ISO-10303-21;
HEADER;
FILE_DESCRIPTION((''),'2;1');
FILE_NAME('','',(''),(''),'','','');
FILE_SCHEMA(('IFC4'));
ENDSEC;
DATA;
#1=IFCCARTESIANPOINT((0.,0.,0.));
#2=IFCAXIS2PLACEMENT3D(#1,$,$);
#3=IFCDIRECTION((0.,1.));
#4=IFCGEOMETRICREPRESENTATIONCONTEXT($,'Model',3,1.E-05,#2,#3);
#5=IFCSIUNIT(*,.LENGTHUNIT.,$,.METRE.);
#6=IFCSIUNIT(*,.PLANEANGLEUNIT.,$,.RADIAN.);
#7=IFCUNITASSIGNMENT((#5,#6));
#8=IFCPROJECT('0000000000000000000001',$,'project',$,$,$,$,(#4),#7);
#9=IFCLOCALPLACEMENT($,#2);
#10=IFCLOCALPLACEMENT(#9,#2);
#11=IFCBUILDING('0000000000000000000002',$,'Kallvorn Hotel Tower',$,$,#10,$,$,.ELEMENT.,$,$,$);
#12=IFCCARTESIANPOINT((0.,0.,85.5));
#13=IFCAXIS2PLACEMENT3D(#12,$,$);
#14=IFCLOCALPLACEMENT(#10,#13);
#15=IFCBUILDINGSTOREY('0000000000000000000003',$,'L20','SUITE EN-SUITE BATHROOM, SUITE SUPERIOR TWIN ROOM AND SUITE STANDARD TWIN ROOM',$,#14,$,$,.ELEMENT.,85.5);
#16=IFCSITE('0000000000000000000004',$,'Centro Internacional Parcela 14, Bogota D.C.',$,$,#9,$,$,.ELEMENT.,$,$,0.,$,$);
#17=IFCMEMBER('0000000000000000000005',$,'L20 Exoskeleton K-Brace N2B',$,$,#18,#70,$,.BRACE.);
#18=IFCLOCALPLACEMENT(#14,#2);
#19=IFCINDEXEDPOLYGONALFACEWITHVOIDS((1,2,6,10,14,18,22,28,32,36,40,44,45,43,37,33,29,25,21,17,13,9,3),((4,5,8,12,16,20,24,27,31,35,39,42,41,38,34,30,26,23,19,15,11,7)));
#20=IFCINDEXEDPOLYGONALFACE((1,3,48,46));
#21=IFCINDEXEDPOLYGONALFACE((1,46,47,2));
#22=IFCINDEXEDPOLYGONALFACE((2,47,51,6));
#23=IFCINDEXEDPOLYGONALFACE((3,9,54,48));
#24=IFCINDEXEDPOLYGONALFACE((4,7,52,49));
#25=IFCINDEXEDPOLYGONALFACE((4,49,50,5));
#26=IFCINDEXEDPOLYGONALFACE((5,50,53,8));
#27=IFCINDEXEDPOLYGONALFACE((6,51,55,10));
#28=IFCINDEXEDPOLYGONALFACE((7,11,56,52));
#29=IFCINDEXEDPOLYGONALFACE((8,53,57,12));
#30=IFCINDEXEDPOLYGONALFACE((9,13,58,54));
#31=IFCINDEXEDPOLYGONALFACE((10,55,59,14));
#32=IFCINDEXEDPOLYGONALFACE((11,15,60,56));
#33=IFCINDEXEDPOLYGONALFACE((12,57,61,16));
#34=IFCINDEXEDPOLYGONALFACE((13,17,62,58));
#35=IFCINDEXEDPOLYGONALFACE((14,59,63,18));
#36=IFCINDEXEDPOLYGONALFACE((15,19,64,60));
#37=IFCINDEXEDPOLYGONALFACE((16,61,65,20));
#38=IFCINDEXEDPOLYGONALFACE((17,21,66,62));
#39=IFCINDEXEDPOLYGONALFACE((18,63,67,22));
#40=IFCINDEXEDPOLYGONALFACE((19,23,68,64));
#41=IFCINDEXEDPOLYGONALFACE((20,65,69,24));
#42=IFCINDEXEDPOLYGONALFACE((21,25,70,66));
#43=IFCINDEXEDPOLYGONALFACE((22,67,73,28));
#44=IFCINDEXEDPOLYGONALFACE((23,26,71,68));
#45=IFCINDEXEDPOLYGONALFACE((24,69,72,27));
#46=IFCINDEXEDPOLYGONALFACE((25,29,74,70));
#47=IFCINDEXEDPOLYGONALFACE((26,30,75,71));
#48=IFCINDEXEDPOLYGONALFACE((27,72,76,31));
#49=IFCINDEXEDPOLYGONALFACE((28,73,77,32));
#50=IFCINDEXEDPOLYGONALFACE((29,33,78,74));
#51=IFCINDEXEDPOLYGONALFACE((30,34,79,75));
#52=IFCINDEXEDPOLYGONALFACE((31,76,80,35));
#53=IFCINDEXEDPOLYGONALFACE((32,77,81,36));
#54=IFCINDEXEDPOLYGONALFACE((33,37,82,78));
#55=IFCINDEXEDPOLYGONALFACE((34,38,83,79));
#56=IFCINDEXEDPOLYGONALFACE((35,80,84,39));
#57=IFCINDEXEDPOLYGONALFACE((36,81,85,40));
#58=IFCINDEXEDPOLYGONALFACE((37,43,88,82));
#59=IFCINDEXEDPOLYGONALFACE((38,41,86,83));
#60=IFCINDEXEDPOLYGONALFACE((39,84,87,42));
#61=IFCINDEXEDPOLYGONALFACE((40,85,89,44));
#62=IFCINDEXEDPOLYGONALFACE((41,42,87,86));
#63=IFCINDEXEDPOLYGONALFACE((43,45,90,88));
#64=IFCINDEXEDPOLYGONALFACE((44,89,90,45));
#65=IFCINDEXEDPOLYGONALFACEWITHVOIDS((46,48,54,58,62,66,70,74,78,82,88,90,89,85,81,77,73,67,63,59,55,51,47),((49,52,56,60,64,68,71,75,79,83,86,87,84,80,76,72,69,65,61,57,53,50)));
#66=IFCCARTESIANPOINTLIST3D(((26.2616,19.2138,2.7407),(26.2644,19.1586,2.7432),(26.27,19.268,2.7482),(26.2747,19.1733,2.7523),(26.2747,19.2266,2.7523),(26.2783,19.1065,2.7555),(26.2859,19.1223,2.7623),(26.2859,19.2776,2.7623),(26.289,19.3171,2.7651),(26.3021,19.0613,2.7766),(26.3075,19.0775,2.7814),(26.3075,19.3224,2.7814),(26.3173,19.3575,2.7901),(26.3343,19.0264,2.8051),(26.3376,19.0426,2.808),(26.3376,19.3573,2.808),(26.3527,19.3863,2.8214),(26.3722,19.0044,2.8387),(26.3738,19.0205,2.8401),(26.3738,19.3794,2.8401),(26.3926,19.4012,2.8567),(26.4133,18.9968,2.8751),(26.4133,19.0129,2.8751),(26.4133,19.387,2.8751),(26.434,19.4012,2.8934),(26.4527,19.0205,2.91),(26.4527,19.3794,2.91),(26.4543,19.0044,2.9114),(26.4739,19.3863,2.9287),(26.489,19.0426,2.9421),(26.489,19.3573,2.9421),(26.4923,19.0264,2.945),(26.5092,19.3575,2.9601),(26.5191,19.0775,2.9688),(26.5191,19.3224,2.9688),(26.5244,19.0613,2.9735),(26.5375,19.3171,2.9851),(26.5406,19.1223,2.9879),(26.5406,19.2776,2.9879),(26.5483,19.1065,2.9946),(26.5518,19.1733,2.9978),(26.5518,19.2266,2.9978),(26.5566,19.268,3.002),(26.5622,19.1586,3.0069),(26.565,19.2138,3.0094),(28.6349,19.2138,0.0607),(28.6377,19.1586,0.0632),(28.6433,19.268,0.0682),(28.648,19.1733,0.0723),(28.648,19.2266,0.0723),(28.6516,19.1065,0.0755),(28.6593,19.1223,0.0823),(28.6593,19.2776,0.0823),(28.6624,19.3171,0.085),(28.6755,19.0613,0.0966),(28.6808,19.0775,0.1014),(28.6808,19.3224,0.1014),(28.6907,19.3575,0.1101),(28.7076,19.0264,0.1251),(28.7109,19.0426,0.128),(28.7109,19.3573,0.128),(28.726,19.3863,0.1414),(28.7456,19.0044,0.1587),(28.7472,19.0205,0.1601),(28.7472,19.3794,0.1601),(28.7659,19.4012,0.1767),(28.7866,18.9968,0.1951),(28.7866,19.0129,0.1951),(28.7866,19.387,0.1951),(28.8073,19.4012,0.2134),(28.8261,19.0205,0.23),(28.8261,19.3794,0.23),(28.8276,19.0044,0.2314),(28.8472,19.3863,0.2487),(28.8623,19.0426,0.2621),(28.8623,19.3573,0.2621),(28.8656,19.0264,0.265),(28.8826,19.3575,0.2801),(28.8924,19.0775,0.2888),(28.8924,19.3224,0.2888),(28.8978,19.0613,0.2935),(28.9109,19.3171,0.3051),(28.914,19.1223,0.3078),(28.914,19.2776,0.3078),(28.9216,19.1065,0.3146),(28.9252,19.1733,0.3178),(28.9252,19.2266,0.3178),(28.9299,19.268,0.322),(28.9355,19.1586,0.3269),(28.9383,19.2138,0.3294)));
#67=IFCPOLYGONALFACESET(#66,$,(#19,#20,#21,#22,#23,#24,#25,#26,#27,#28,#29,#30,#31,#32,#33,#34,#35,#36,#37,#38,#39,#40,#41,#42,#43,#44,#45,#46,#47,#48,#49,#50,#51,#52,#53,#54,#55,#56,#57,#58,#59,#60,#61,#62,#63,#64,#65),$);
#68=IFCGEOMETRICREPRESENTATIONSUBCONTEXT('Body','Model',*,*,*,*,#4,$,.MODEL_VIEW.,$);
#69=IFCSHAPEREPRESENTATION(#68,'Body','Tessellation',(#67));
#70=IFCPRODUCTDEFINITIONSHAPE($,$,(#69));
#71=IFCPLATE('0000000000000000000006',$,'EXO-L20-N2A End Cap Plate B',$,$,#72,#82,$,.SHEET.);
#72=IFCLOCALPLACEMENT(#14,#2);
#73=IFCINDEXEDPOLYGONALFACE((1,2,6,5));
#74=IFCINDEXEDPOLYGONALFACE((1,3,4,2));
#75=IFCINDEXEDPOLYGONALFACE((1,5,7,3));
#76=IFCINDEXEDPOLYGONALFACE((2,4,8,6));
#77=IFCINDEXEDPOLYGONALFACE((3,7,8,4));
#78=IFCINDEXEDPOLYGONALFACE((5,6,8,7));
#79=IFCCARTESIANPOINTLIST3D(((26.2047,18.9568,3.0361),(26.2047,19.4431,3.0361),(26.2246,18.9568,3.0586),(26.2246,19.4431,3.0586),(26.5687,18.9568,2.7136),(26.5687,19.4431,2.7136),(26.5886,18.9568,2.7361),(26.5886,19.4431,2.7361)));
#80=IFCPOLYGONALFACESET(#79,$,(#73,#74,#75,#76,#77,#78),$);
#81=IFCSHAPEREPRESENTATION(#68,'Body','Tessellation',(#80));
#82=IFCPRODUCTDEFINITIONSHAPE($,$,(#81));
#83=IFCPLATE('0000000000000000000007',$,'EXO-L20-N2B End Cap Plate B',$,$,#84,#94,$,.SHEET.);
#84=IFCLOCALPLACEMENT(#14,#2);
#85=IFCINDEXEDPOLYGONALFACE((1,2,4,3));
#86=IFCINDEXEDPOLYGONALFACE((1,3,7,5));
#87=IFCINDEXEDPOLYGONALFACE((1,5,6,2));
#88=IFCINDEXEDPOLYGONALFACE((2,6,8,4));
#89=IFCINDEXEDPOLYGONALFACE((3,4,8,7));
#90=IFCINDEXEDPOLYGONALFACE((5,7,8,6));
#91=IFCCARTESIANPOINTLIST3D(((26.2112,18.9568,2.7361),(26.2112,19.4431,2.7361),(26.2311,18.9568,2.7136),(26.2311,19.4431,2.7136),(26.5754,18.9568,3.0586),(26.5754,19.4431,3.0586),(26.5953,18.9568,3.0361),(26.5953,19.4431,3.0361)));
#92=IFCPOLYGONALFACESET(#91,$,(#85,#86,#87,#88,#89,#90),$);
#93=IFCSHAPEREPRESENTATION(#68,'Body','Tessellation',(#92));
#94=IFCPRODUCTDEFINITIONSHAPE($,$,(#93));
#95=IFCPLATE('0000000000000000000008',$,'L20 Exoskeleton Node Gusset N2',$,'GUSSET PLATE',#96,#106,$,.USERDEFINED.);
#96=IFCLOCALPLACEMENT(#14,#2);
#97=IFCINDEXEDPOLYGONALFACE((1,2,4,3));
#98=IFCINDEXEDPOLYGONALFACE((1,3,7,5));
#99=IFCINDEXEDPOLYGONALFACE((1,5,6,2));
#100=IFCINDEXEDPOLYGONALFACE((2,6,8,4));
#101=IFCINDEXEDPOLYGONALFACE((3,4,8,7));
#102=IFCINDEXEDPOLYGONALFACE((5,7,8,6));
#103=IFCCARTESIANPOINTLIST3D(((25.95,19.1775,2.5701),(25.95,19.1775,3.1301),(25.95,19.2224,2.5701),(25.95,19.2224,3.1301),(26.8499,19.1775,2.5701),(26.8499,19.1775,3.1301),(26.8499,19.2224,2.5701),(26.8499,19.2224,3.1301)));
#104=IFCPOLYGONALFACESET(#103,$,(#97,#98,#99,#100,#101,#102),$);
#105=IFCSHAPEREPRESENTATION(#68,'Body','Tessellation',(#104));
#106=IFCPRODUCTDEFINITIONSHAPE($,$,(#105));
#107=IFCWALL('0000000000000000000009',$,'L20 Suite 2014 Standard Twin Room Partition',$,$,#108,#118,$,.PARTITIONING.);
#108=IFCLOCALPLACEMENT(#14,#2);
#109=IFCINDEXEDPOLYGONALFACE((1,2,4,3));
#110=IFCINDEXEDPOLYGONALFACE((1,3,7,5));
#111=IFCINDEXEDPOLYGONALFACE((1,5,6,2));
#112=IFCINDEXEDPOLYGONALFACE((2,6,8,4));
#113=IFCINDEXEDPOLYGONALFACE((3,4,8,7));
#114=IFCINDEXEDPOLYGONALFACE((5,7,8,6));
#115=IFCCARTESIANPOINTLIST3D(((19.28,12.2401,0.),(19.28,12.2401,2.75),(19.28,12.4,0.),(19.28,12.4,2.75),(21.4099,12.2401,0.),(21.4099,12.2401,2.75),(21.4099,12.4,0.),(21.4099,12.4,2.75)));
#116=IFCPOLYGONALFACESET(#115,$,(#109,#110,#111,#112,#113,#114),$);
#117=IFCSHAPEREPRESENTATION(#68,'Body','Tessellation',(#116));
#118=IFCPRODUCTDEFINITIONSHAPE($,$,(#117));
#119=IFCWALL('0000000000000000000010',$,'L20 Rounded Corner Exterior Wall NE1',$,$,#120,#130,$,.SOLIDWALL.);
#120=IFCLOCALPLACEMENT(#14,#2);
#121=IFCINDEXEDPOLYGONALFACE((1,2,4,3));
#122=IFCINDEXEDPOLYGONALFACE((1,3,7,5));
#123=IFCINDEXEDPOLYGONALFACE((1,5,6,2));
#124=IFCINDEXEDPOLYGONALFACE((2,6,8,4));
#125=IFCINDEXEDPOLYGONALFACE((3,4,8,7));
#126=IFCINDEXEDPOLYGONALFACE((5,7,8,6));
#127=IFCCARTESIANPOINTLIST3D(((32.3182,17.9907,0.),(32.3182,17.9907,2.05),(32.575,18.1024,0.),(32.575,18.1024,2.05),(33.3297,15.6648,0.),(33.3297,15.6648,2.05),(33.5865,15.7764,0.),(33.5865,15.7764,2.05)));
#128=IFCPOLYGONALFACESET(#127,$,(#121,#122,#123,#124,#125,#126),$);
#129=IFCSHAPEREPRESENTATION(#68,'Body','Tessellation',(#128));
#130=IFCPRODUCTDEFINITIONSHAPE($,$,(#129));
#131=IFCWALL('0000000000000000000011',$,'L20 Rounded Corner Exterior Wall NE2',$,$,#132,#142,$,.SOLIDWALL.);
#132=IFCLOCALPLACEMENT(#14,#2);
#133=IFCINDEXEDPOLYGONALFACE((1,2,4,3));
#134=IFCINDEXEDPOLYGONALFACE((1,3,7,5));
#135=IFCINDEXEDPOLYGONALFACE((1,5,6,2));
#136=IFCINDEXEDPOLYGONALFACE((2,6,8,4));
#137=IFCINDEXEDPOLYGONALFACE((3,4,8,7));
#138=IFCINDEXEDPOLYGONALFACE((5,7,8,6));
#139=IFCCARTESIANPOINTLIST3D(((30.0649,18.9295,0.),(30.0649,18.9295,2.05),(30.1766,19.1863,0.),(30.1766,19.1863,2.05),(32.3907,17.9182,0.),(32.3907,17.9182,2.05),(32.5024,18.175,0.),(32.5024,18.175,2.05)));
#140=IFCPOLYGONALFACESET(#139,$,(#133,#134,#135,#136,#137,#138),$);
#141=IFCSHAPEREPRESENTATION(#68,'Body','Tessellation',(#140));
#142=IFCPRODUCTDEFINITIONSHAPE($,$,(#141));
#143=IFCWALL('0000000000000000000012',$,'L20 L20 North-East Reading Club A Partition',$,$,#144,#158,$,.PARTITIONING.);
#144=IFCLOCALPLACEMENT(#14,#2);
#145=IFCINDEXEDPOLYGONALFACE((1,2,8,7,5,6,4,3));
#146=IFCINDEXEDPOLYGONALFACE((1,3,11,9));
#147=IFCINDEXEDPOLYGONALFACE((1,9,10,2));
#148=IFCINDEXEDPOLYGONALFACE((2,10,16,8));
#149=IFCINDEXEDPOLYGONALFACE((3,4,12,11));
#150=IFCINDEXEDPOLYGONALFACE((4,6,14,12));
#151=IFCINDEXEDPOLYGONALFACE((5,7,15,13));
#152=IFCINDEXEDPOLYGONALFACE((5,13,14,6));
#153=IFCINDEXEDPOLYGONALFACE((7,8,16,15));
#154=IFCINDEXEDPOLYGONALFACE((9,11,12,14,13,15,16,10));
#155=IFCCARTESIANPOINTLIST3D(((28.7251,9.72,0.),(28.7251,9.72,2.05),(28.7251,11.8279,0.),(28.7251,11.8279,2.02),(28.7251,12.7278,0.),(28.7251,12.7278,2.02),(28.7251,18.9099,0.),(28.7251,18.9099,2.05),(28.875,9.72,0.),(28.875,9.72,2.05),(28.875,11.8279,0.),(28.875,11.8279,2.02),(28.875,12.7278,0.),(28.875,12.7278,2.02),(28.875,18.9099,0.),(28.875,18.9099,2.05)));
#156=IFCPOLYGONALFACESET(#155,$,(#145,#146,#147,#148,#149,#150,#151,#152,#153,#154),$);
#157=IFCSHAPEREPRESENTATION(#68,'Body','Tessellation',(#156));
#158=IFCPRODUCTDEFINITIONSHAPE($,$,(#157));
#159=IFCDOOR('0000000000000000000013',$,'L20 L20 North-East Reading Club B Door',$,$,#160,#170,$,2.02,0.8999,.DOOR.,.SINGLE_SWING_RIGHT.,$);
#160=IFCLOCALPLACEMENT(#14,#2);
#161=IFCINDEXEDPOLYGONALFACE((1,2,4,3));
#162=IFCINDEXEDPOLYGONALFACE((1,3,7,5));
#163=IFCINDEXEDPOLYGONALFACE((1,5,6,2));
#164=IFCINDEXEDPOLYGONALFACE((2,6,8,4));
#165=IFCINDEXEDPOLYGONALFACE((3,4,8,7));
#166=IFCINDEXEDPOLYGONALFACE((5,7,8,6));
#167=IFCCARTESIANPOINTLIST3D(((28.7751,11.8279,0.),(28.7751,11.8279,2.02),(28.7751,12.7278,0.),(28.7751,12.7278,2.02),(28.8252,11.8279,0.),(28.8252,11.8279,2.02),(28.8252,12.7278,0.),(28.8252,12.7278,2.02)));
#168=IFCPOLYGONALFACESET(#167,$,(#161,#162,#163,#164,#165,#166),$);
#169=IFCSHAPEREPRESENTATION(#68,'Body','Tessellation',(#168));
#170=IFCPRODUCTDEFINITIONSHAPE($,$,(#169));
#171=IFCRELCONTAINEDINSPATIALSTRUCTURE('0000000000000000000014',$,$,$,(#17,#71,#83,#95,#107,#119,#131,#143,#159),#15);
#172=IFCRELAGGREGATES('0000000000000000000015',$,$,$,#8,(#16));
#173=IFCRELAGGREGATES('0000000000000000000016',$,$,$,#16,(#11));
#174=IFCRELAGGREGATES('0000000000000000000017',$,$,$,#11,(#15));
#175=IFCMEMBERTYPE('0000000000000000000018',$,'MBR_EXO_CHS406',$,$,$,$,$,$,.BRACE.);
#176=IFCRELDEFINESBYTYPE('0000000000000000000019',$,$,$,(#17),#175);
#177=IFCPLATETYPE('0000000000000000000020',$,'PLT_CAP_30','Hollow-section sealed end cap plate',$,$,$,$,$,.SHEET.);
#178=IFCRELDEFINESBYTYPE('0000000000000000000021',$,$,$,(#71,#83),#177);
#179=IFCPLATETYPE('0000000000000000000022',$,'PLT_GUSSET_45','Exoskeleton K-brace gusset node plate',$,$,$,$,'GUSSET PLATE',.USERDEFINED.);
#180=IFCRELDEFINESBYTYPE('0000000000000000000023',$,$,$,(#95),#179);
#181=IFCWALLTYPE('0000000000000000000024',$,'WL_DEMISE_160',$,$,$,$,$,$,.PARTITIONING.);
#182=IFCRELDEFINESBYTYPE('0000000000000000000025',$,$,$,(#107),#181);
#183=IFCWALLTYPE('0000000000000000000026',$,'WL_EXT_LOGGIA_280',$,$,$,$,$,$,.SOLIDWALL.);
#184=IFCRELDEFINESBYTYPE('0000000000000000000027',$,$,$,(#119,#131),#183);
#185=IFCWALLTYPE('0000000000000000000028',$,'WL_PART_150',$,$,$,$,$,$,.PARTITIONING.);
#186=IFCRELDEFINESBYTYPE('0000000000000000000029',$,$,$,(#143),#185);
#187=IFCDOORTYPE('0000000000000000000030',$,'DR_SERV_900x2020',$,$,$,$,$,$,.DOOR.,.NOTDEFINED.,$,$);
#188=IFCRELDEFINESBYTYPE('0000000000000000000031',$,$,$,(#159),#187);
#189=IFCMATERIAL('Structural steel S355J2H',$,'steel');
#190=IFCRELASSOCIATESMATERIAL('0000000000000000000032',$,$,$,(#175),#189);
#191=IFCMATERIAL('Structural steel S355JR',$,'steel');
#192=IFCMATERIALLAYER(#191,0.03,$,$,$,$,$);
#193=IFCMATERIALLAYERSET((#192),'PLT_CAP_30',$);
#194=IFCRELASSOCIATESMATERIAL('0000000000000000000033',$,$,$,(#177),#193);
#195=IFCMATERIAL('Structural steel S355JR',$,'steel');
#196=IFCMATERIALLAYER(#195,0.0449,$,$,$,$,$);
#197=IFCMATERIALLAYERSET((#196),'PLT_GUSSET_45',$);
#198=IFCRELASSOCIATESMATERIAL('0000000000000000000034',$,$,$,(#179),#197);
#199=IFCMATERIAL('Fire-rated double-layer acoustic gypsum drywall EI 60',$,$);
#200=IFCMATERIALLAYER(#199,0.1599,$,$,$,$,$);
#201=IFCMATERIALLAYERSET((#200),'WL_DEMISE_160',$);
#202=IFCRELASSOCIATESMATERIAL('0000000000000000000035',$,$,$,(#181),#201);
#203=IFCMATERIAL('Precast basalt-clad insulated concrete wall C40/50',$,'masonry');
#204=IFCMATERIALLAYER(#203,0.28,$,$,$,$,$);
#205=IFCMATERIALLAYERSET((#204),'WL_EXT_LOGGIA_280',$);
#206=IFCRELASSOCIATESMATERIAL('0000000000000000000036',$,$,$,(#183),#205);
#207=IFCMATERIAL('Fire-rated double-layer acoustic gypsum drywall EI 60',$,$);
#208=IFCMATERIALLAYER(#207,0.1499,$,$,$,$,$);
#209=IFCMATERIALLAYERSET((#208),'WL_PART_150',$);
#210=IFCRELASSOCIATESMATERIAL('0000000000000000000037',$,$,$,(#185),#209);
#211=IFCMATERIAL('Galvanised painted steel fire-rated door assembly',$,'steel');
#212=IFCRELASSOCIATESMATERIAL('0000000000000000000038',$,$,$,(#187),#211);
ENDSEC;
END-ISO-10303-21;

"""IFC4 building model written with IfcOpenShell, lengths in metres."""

from ifc_helpers import new_model, si_unit, direction, frame, frame_2d, origin, origin_2d, place, context, subcontext, project, spatial, polyline, rectangle, hollow_circle, outline, extrude, material, layer, layer_set, material_profile, profile_set, type_object, element, fill, save


model = new_model("IFC4")

# Units and contexts
model_context = context("Model", 3, precision=1e-05, world=origin(), true_north=direction((0.0, 1.0)))
body_context = subcontext(model_context, "Body", "Model", "MODEL_VIEW")
ifc_project = project(units=[si_unit("LENGTHUNIT", "METRE"), si_unit("PLANEANGLEUNIT", "RADIAN")], contexts=[model_context])

# Site, building, storey
site_placement = place(None, origin())
site = spatial("IfcSite", under=ifc_project, at=site_placement, Name="Centro Internacional Parcela 14, Bogota D.C.", CompositionType="ELEMENT", RefElevation=0.0)
building_placement = place(site_placement, origin())
building = spatial("IfcBuilding", under=site, at=building_placement, Name="Kallvorn Hotel Tower", CompositionType="ELEMENT")
storey_placement = place(building_placement, frame((0.0, 0.0, 85.5)))
storey = spatial("IfcBuildingStorey", under=building, at=storey_placement, Name="L20", Description="SUITE EN-SUITE BATHROOM, SUITE SUPERIOR TWIN ROOM AND SUITE STANDARD TWIN ROOM", CompositionType="ELEMENT", Elevation=85.5)

# Member
ifc_material_1 = material(Name="Structural steel S355J2H", Category="steel")
ifc_material_profile_1 = material_profile(ifc_material_1, hollow_circle(Radius=0.2031, WallThickness=0.0161, at=origin_2d()), Name="CHS 406.4x16")
ifc_profile_set_1 = profile_set([ifc_material_profile_1], Name="Structural steel S355J2H")
member_type_1 = type_object("IfcMemberType", Name="MBR_EXO_CHS406", PredefinedType="BRACE", material=ifc_profile_set_1)
for number, where, z_axis, x_axis, name in (
    (1, (28.7866, 19.2, 0.1951), (-0.662978, 0.0, 0.748638), (0.0, -1.0, 0.0), "L20 Exoskeleton K-Brace N2B"),
):
    element("IfcMember", number, at=place(storey_placement, frame(where, z_axis=z_axis, x_axis=x_axis)), inside=storey, type_object=member_type_1, Name=name, PredefinedType="BRACE", context=body_context, shape_type="SweptSolid", body=[
        extrude(hollow_circle(Radius=0.2031, WallThickness=0.0161, at=origin_2d()), origin(), (0.0, 0.0, 1.0), 3.5798),
    ])

# Plates
ifc_material_2 = material(Name="Structural steel S355JR", Category="steel")
ifc_layer_1 = layer(ifc_material_2, 0.03)
ifc_layer_set_1 = layer_set([ifc_layer_1], Name="PLT_CAP_30")
plate_type_1 = type_object("IfcPlateType", Name="PLT_CAP_30", Description="Hollow-section sealed end cap plate", PredefinedType="SHEET", material=ifc_layer_set_1)
plate_1_placement = place(storey_placement, frame((26.5886, 18.9568, 2.7361), z_axis=(0.663148, 0.0, 0.748489), x_axis=(0.0, 1.0, 0.0)))
element("IfcPlate", 2, at=plate_1_placement, inside=storey, type_object=plate_type_1, Name="EXO-L20-N2A End Cap Plate B", PredefinedType="SHEET", context=body_context, shape_type="SweptSolid", body=[
    extrude(outline(polyline([(0.0, 0.0), (0.4863, 0.0), (0.4863, 0.4863), (0.0, 0.4863), (0.0, 0.0)])), origin(), (0.0, 0.0, -1.0), 0.03),
])
plate_2_placement = place(storey_placement, frame((26.2112, 19.4431, 2.7361), z_axis=(-0.662899, 0.0, 0.748709), x_axis=(0.0, -1.0, 0.0)))
element("IfcPlate", 3, at=plate_2_placement, inside=storey, type_object=plate_type_1, Name="EXO-L20-N2B End Cap Plate B", PredefinedType="SHEET", context=body_context, shape_type="SweptSolid", body=[
    extrude(outline(polyline([(0.0, 0.0), (0.4863, 0.0), (0.4863, 0.4865), (0.0, 0.4865), (0.0, 0.0)])), origin(), (0.0, 0.0, -1.0), 0.03),
])
ifc_material_3 = material(Name="Structural steel S355JR", Category="steel")
ifc_layer_2 = layer(ifc_material_3, 0.0449)
ifc_layer_set_2 = layer_set([ifc_layer_2], Name="PLT_GUSSET_45")
plate_type_2 = type_object("IfcPlateType", Name="PLT_GUSSET_45", Description="Exoskeleton K-brace gusset node plate", ElementType="GUSSET PLATE", PredefinedType="USERDEFINED", material=ifc_layer_set_2)
plate_3_placement = place(storey_placement, frame((26.3999, 19.2, 2.5701), z_axis=(0.0, 0.0, 1.0), x_axis=(1.0, 0.0, 0.0)))
element("IfcPlate", 4, at=plate_3_placement, inside=storey, type_object=plate_type_2, Name="L20 Exoskeleton Node Gusset N2", ObjectType="GUSSET PLATE", PredefinedType="USERDEFINED", context=body_context, shape_type="SweptSolid", body=[
    extrude(rectangle(XDim=0.8999, YDim=0.0449, at=origin_2d()), origin(), (0.0, 0.0, 1.0), 0.5601),
])

# Walls
ifc_material_4 = material(Name="Fire-rated double-layer acoustic gypsum drywall EI 60")
ifc_layer_3 = layer(ifc_material_4, 0.1599)
ifc_layer_set_3 = layer_set([ifc_layer_3], Name="WL_DEMISE_160")
wall_type_1 = type_object("IfcWallType", Name="WL_DEMISE_160", PredefinedType="PARTITIONING", material=ifc_layer_set_3)
wall_1_placement = place(storey_placement, frame((19.28, 12.3201, 0.0), z_axis=(0.0, 0.0, 1.0), x_axis=(1.0, 0.0, 0.0)))
element("IfcWall", 5, at=wall_1_placement, inside=storey, type_object=wall_type_1, Name="L20 Suite 2014 Standard Twin Room Partition", PredefinedType="PARTITIONING", context=body_context, shape_type="SweptSolid", body=[
    extrude(rectangle(XDim=2.1299, YDim=0.1599, at=frame_2d((1.0649, 0.0))), origin(), (0.0, 0.0, 1.0), 2.75),
])
ifc_material_5 = material(Name="Precast basalt-clad insulated concrete wall C40/50", Category="masonry")
ifc_layer_4 = layer(ifc_material_5, 0.28)
ifc_layer_set_4 = layer_set([ifc_layer_4], Name="WL_EXT_LOGGIA_280")
wall_type_2 = type_object("IfcWallType", Name="WL_EXT_LOGGIA_280", PredefinedType="SOLIDWALL", material=ifc_layer_set_4)
wall_2_placement = place(storey_placement, frame((33.458, 15.7207, 0.0), z_axis=(0.0, 0.0, 1.0), x_axis=(-0.398793, 0.917041, 0.0)))
element("IfcWall", 6, at=wall_2_placement, inside=storey, type_object=wall_type_2, Name="L20 Rounded Corner Exterior Wall NE1", PredefinedType="SOLIDWALL", context=body_context, shape_type="SweptSolid", body=[
    extrude(rectangle(XDim=2.5364, YDim=0.28, at=frame_2d((1.2681, 0.0))), origin(), (0.0, 0.0, 1.0), 2.05),
])
wall_3_placement = place(storey_placement, frame((32.4465, 18.0466, 0.0), z_axis=(0.0, 0.0, 1.0), x_axis=(-0.917061, 0.398747, 0.0)))
element("IfcWall", 7, at=wall_3_placement, inside=storey, type_object=wall_type_2, Name="L20 Rounded Corner Exterior Wall NE2", PredefinedType="SOLIDWALL", context=body_context, shape_type="SweptSolid", body=[
    extrude(rectangle(XDim=2.5361, YDim=0.28, at=frame_2d((1.2681, 0.0))), origin(), (0.0, 0.0, 1.0), 2.05),
])

# Wall, opening, door
ifc_material_6 = material(Name="Fire-rated double-layer acoustic gypsum drywall EI 60")
ifc_layer_5 = layer(ifc_material_6, 0.1499)
ifc_layer_set_5 = layer_set([ifc_layer_5], Name="WL_PART_150")
wall_type_3 = type_object("IfcWallType", Name="WL_PART_150", PredefinedType="PARTITIONING", material=ifc_layer_set_5)
wall_4_placement = place(storey_placement, frame((28.8, 9.72, 0.0), z_axis=(0.0, 0.0, 1.0), x_axis=(0.0, 1.0, 0.0)))
wall_4 = element("IfcWall", 8, at=wall_4_placement, inside=storey, type_object=wall_type_3, Name="L20 L20 North-East Reading Club A Partition", PredefinedType="PARTITIONING", context=body_context, shape_type="SweptSolid", body=[
    extrude(rectangle(XDim=9.1899, YDim=0.1499, at=frame_2d((4.595, 0.0))), origin(), (0.0, 0.0, 1.0), 2.05),
])
opening_placement = place(wall_4_placement, frame((2.1079, 0.0, 0.0)))
opening = element("IfcOpeningElement", 9, at=opening_placement, cuts=wall_4, PredefinedType="OPENING", context=body_context, shape_type="SweptSolid", body=[
    extrude(rectangle(XDim=0.8999, YDim=2.02, at=frame_2d((0.45, 1.01))), frame((0.0, 0.0898, 0.0), z_axis=(0.0, -1.0, 0.0), x_axis=(1.0, 0.0, 0.0)), (0.0, 0.0, 1.0), 0.1799),
])
ifc_material_7 = material(Name="Galvanised painted steel fire-rated door assembly", Category="steel")
door_type = type_object("IfcDoorType", Name="DR_SERV_900x2020", OperationType="NOTDEFINED", PredefinedType="DOOR", material=ifc_material_7)
door_placement = place(opening_placement, origin())
door = element("IfcDoor", 10, at=door_placement, inside=storey, type_object=door_type, Name="L20 L20 North-East Reading Club B Door", OperationType="SINGLE_SWING_RIGHT", OverallHeight=2.02, OverallWidth=0.8999, PredefinedType="DOOR", context=body_context, shape_type="SweptSolid", body=[
    extrude(rectangle(XDim=0.8999, YDim=2.02, at=frame_2d((0.45, 1.01))), frame((0.0, 0.0249, 0.0), z_axis=(0.0, -1.0, 0.0), x_axis=(1.0, 0.0, 0.0)), (0.0, 0.0, 1.0), 0.05),
])
fill(opening, door)

save(model, "model.ifc")
